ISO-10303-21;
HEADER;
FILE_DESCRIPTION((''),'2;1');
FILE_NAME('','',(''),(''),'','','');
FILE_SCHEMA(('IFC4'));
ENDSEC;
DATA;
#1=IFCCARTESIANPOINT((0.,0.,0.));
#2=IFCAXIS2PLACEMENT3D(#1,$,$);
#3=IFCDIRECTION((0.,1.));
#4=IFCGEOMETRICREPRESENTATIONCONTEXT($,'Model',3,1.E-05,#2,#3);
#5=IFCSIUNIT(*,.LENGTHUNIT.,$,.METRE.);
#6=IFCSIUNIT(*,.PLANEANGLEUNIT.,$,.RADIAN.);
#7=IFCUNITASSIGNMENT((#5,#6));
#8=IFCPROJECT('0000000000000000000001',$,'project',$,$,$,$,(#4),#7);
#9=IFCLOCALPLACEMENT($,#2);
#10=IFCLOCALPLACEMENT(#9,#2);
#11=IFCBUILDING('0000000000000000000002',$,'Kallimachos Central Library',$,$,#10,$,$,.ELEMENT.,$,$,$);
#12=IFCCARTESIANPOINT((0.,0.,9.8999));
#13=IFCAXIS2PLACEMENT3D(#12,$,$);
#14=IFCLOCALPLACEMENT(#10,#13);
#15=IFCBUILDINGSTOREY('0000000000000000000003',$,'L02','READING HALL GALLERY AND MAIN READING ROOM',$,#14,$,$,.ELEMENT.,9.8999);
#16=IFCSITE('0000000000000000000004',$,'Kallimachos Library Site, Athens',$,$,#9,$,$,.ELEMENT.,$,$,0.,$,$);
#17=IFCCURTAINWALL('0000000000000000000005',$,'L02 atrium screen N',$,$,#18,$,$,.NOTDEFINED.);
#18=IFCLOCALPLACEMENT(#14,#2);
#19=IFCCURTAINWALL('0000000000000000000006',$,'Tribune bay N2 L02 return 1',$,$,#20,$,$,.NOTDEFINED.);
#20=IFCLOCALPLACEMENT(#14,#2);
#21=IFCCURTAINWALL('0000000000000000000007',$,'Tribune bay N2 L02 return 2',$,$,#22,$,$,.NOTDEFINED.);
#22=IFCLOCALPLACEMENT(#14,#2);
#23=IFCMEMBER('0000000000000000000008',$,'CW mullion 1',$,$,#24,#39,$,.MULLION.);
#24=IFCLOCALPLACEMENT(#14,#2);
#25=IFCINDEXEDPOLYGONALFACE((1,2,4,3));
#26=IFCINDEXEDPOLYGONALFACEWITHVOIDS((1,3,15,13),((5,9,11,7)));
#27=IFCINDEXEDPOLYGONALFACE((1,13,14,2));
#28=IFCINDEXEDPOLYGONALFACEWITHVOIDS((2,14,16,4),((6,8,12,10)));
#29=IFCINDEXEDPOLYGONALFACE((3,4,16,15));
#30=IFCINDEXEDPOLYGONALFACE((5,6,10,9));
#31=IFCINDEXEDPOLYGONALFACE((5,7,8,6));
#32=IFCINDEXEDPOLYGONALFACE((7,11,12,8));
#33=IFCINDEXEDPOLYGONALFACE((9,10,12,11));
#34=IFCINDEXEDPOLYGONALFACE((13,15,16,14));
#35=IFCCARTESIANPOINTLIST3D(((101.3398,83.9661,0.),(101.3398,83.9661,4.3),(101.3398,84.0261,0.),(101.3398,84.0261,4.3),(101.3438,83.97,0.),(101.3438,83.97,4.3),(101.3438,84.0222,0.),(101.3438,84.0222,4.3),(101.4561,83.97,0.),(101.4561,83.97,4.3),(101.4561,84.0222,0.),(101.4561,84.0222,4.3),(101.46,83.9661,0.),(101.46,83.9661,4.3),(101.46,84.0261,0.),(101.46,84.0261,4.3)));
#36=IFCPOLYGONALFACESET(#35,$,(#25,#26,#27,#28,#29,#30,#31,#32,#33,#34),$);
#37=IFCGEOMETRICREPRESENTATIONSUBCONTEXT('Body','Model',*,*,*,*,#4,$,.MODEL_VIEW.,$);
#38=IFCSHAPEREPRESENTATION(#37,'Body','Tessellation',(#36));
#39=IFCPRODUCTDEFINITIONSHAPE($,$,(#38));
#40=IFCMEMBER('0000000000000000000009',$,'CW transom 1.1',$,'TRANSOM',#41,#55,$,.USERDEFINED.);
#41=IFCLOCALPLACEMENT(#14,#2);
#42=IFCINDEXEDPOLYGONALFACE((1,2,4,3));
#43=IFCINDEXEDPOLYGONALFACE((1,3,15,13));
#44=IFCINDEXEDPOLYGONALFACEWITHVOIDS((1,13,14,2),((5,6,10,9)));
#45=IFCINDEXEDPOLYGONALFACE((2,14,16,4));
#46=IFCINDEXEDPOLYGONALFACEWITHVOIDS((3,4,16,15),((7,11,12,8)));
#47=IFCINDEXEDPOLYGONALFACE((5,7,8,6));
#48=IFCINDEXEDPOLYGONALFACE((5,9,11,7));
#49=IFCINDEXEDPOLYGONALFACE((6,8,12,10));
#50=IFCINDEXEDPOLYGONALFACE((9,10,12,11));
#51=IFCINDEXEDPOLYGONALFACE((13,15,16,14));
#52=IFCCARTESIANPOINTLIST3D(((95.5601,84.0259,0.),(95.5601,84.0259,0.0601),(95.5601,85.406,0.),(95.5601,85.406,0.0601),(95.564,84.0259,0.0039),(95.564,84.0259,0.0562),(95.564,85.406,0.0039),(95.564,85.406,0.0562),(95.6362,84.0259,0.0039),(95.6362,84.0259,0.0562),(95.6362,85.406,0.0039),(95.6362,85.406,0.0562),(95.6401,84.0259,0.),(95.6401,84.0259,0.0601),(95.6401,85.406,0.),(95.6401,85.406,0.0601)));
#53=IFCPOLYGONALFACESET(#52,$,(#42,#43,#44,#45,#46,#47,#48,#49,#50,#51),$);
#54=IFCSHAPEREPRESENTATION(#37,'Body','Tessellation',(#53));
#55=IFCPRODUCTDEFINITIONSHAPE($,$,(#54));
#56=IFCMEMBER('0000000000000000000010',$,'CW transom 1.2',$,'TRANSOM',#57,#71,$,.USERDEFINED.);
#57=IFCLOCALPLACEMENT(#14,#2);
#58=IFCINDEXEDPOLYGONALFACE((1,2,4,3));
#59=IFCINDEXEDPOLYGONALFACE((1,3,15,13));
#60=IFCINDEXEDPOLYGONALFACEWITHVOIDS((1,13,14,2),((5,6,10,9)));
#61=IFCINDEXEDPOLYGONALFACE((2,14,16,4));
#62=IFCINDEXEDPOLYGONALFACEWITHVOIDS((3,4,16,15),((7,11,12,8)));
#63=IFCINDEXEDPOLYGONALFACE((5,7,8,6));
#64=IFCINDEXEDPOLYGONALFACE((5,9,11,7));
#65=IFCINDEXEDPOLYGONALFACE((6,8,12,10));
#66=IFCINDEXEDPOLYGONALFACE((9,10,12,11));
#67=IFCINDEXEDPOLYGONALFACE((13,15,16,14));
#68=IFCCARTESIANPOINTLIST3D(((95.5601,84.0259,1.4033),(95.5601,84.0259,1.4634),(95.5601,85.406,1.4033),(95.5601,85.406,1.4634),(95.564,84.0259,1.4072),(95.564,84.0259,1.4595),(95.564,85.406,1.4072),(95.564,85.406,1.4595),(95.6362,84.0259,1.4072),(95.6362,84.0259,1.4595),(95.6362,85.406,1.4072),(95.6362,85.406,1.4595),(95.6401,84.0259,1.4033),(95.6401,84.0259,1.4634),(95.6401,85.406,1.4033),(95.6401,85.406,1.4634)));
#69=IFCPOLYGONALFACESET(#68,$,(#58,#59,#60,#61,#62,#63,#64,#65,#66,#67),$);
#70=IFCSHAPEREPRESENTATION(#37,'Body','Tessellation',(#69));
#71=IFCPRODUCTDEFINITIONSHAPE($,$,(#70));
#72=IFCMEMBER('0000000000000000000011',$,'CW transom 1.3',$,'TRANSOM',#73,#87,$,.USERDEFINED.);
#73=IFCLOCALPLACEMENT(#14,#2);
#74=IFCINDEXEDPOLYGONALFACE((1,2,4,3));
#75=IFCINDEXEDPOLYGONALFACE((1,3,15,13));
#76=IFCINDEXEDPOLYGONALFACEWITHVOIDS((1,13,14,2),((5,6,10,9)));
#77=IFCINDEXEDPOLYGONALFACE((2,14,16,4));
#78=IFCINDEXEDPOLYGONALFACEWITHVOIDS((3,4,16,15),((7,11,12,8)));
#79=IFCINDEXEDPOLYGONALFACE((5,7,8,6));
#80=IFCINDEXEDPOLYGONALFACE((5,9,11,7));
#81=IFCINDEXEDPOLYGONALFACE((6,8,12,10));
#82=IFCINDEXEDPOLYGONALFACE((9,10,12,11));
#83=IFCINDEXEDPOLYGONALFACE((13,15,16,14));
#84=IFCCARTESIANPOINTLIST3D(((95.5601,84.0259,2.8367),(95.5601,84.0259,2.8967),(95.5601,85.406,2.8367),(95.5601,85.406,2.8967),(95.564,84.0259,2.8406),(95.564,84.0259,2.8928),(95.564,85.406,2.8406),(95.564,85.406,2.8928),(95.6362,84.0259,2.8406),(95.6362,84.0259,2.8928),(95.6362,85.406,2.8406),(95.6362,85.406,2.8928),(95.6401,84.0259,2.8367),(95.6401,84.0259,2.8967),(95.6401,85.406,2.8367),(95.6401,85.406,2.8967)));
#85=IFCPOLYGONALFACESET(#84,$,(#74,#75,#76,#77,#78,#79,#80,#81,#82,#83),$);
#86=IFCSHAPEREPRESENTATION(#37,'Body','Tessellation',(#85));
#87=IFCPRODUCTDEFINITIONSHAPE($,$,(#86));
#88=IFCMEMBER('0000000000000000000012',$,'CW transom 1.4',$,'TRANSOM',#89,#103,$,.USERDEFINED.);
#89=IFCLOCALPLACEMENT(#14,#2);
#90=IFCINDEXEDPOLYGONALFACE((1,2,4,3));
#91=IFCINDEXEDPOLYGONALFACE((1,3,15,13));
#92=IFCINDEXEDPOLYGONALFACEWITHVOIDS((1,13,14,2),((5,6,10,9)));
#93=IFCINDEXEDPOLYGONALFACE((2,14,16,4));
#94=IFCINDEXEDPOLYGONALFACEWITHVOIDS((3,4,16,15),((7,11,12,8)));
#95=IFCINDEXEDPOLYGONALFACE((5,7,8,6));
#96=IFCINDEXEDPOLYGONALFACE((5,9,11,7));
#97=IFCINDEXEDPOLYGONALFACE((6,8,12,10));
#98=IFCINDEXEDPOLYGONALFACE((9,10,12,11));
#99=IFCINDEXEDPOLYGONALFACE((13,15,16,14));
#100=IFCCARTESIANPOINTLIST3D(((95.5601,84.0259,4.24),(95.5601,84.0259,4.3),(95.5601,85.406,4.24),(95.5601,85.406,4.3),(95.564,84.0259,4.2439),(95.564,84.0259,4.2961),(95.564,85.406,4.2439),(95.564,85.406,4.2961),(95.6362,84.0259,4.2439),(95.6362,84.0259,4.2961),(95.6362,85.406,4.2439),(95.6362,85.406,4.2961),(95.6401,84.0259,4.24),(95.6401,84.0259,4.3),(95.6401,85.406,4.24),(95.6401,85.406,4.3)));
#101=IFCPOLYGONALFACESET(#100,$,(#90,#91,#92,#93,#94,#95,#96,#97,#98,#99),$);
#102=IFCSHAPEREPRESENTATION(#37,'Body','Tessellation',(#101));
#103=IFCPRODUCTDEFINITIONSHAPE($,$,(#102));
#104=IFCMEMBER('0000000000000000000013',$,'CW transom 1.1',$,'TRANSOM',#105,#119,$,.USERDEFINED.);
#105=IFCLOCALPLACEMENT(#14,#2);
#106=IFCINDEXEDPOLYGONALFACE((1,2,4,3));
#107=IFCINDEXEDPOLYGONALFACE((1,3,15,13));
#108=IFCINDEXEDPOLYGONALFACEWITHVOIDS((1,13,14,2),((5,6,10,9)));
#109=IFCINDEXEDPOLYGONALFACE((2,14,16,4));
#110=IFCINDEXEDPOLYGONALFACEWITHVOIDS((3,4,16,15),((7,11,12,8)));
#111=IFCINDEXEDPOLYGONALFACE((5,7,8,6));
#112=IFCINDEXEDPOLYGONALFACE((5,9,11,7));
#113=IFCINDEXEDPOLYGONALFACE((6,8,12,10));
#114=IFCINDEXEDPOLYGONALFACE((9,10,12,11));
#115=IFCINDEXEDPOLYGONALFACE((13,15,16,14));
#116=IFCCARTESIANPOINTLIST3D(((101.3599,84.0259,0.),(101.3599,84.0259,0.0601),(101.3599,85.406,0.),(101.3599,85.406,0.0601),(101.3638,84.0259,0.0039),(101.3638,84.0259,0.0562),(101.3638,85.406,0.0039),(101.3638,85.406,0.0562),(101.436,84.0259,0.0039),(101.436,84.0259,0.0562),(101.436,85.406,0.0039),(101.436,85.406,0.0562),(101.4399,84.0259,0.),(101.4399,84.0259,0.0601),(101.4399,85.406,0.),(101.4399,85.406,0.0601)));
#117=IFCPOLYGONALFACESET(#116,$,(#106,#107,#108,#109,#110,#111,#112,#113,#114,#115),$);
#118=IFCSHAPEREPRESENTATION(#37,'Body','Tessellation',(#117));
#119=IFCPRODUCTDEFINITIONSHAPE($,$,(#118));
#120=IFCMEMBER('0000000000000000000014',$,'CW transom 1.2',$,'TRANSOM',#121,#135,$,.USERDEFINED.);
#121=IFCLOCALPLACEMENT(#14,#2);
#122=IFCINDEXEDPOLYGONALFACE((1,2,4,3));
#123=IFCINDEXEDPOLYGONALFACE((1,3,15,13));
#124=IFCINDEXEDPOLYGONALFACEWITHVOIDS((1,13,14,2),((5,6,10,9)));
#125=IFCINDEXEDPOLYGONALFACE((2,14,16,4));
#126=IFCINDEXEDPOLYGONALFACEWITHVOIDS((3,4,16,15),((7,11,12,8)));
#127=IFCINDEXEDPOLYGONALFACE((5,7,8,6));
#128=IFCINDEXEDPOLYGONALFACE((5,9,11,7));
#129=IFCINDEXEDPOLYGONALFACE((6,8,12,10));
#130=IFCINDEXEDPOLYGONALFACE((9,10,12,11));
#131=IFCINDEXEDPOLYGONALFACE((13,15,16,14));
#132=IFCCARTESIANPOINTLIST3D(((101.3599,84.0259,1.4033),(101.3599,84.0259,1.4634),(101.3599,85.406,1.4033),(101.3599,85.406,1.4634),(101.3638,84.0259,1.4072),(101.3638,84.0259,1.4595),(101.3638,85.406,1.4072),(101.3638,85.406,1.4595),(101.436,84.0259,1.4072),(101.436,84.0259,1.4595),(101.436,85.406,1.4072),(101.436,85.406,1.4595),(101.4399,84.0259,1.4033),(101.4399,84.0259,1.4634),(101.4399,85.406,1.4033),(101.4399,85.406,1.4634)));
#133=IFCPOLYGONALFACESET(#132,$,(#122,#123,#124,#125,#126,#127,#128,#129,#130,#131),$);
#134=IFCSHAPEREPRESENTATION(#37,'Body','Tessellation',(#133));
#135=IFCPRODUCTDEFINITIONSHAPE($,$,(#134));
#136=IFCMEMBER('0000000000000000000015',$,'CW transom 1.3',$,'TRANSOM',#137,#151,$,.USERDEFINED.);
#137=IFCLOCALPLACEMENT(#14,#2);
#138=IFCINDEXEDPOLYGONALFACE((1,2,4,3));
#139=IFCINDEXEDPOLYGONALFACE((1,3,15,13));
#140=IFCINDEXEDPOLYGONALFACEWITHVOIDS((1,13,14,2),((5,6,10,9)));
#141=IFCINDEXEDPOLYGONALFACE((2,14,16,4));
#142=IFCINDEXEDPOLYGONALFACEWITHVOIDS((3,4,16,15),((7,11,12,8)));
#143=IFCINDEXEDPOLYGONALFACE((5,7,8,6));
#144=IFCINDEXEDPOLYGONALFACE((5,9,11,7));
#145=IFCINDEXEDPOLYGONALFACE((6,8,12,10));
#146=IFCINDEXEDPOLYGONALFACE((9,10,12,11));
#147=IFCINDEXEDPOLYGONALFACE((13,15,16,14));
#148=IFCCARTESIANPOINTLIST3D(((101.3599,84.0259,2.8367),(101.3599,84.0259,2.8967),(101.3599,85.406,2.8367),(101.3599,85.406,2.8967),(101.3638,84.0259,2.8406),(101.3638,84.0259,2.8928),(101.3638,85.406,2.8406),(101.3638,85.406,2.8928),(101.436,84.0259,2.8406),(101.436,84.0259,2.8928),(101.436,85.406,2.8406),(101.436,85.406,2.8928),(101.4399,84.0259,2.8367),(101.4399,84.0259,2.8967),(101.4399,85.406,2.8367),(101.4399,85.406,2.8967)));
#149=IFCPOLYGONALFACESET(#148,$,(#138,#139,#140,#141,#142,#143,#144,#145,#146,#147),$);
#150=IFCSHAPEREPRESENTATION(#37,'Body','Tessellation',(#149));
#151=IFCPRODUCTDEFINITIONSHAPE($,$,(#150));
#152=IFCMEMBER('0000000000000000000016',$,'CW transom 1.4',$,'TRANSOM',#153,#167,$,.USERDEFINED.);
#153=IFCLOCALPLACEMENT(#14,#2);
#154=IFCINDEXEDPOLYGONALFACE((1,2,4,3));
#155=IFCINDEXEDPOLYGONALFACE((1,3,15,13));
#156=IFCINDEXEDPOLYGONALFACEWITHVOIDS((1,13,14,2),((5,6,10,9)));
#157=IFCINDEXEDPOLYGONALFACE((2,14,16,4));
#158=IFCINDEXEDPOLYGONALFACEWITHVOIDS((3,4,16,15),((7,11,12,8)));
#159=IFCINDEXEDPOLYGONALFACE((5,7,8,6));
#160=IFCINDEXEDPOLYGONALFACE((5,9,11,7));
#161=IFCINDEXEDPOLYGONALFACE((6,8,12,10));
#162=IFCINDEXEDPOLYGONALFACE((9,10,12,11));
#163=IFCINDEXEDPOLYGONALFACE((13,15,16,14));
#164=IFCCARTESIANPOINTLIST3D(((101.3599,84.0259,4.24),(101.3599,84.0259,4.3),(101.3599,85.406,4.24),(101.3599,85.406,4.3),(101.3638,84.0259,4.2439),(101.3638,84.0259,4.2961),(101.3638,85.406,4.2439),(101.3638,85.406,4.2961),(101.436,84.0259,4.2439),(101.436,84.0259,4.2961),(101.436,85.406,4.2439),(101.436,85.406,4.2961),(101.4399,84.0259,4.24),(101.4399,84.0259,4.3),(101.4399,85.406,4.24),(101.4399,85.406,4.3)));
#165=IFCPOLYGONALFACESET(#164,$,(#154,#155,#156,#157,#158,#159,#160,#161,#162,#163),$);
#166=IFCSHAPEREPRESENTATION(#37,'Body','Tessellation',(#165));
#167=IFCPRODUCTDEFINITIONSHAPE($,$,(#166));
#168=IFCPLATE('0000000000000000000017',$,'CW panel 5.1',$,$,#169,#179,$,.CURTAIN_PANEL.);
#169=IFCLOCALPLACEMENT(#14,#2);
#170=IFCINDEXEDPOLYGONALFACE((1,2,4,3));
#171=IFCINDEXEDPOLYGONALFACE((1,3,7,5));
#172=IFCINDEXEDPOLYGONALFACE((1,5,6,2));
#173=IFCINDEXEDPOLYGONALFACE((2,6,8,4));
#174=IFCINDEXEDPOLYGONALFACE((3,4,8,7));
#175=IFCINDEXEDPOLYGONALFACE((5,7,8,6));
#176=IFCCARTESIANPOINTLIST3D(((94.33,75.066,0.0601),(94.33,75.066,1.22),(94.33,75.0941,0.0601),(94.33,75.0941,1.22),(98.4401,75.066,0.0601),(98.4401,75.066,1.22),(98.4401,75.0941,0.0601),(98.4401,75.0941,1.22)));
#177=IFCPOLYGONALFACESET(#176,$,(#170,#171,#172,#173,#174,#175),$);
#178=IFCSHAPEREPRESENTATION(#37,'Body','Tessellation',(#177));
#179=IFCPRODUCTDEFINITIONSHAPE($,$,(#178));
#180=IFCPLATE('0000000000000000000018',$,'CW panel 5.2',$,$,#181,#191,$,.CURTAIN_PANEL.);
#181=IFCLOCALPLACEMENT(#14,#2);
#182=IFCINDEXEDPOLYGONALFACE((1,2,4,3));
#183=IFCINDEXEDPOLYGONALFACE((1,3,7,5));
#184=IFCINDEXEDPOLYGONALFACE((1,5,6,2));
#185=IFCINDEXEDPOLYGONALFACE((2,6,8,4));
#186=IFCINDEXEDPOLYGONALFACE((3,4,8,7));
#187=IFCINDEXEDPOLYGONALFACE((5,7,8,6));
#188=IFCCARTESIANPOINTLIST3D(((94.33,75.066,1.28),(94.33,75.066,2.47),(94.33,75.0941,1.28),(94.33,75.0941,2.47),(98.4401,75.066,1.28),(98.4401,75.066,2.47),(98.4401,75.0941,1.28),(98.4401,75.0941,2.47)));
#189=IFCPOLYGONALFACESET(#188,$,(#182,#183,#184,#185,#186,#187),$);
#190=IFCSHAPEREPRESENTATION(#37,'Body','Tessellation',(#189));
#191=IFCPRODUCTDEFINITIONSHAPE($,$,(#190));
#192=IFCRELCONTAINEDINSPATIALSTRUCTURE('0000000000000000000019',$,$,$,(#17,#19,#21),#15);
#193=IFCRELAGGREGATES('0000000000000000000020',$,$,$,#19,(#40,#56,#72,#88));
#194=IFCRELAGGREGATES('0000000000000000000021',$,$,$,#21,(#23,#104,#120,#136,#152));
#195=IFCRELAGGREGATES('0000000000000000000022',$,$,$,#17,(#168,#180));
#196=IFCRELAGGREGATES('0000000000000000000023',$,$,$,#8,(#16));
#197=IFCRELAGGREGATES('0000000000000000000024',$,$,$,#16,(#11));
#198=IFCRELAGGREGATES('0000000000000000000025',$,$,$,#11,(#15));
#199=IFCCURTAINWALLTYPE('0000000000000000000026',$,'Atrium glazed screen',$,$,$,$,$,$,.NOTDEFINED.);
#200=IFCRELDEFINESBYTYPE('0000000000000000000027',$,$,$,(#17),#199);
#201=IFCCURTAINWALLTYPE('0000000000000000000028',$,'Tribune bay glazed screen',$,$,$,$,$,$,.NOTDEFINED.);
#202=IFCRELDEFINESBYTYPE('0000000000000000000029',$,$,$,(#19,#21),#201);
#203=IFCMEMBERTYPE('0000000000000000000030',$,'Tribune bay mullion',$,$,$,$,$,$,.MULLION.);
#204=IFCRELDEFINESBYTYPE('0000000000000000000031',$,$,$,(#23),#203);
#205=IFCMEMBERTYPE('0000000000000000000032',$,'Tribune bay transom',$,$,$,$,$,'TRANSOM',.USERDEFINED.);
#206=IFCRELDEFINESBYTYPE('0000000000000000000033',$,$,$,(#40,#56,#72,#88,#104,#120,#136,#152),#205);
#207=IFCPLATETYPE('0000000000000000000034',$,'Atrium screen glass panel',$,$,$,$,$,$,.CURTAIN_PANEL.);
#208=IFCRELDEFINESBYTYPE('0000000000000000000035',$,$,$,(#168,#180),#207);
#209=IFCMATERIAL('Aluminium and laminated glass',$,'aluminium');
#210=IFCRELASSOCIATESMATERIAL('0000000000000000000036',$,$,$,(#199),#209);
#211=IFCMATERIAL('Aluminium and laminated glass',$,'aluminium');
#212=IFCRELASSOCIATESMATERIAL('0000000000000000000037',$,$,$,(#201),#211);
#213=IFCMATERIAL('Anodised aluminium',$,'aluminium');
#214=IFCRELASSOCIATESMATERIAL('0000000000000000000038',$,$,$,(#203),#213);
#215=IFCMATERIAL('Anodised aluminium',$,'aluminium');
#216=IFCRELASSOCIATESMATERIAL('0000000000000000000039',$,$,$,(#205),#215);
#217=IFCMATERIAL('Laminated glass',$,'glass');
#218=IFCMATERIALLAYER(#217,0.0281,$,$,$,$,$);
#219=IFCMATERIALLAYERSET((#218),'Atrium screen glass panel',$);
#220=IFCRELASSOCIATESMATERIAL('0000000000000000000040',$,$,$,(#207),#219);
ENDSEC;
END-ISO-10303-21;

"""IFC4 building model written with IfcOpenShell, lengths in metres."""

from ifc_helpers import new_model, si_unit, direction, frame, origin, origin_2d, place, context, subcontext, project, spatial, rectangle, hollow_rectangle, extrude, material, layer, layer_set, material_profile, profile_set, type_object, element, aggregate, save


model = new_model("IFC4")

# Units and contexts
model_context = context("Model", 3, precision=1e-05, world=origin(), true_north=direction((0.0, 1.0)))
body_context = subcontext(model_context, "Body", "Model", "MODEL_VIEW")
ifc_project = project(units=[si_unit("LENGTHUNIT", "METRE"), si_unit("PLANEANGLEUNIT", "RADIAN")], contexts=[model_context])

# Site, building, storey
site_placement = place(None, origin())
site = spatial("IfcSite", under=ifc_project, at=site_placement, Name="Kallimachos Library Site, Athens", CompositionType="ELEMENT", RefElevation=0.0)
building_placement = place(site_placement, origin())
building = spatial("IfcBuilding", under=site, at=building_placement, Name="Kallimachos Central Library", CompositionType="ELEMENT")
storey_placement = place(building_placement, frame((0.0, 0.0, 9.8999)))
storey = spatial("IfcBuildingStorey", under=building, at=storey_placement, Name="L02", Description="READING HALL GALLERY AND MAIN READING ROOM", CompositionType="ELEMENT", Elevation=9.8999)

# Curtain wall
ifc_material_1 = material(Name="Aluminium and laminated glass", Category="aluminium")
curtain_wall_type_1 = type_object("IfcCurtainWallType", Name="Atrium glazed screen", PredefinedType="NOTDEFINED", material=ifc_material_1)
curtain_wall_1_placement = place(storey_placement, origin())
curtain_wall_1 = element("IfcCurtainWall", 1, at=curtain_wall_1_placement, inside=storey, type_object=curtain_wall_type_1, Name="L02 atrium screen N", PredefinedType="NOTDEFINED")

# Curtain walls, member
ifc_material_2 = material(Name="Aluminium and laminated glass", Category="aluminium")
curtain_wall_type_2 = type_object("IfcCurtainWallType", Name="Tribune bay glazed screen", PredefinedType="NOTDEFINED", material=ifc_material_2)
curtain_wall_2_placement = place(storey_placement, origin())
curtain_wall_2 = element("IfcCurtainWall", 2, at=curtain_wall_2_placement, inside=storey, type_object=curtain_wall_type_2, Name="Tribune bay N2 L02 return 1", PredefinedType="NOTDEFINED")
ifc_material_3 = material(Name="Anodised aluminium", Category="aluminium")
ifc_material_profile_1 = material_profile(ifc_material_3, hollow_rectangle(XDim=0.0601, YDim=0.1201, WallThickness=0.0039, at=origin_2d()), Name="ALU MULLION 60x120")
ifc_profile_set_1 = profile_set([ifc_material_profile_1], Name="Anodised aluminium")
member_type_1 = type_object("IfcMemberType", Name="Tribune bay mullion", PredefinedType="MULLION", material=ifc_profile_set_1)
curtain_wall_3_placement = place(storey_placement, origin())
curtain_wall_3 = element("IfcCurtainWall", 3, at=curtain_wall_3_placement, inside=storey, type_object=curtain_wall_type_2, Name="Tribune bay N2 L02 return 2", PredefinedType="NOTDEFINED")
member_1_placement = place(storey_placement, frame((101.3999, 83.9961, 0.0), z_axis=(0.0, 0.0, 1.0), x_axis=(0.0, 1.0, 0.0)))
member_1 = element("IfcMember", 4, at=member_1_placement, type_object=member_type_1, Name="CW mullion 1", PredefinedType="MULLION", context=body_context, shape_type="SweptSolid", body=[
    extrude(hollow_rectangle(XDim=0.0601, YDim=0.1201, WallThickness=0.0039, at=origin_2d()), origin(), (0.0, 0.0, 1.0), 4.3),
])

# Members
ifc_material_4 = material(Name="Anodised aluminium", Category="aluminium")
ifc_material_profile_2 = material_profile(ifc_material_4, hollow_rectangle(XDim=0.0601, YDim=0.0801, WallThickness=0.0039, at=origin_2d()), Name="ALU TRANSOM 60x80")
ifc_profile_set_2 = profile_set([ifc_material_profile_2], Name="Anodised aluminium")
member_type_2 = type_object("IfcMemberType", Name="Tribune bay transom", ElementType="TRANSOM", PredefinedType="USERDEFINED", material=ifc_profile_set_2)
member_2_placement = place(storey_placement, frame((95.6001, 84.0259, 0.03), z_axis=(0.0, 1.0, 0.0), x_axis=(0.0, 0.0, 1.0)))
member_2 = element("IfcMember", 5, at=member_2_placement, type_object=member_type_2, Name="CW transom 1.1", ObjectType="TRANSOM", PredefinedType="USERDEFINED", context=body_context, shape_type="SweptSolid", body=[
    extrude(hollow_rectangle(XDim=0.0601, YDim=0.0801, WallThickness=0.0039, at=origin_2d()), origin(), (0.0, 0.0, 1.0), 1.3801),
])
member_3_placement = place(storey_placement, frame((95.6001, 84.0259, 1.4333), z_axis=(0.0, 1.0, 0.0), x_axis=(0.0, 0.0, 1.0)))
member_3 = element("IfcMember", 6, at=member_3_placement, type_object=member_type_2, Name="CW transom 1.2", ObjectType="TRANSOM", PredefinedType="USERDEFINED", context=body_context, shape_type="SweptSolid", body=[
    extrude(hollow_rectangle(XDim=0.0601, YDim=0.0801, WallThickness=0.0039, at=origin_2d()), origin(), (0.0, 0.0, 1.0), 1.3801),
])
member_4_placement = place(storey_placement, frame((95.6001, 84.0259, 2.8667), z_axis=(0.0, 1.0, 0.0), x_axis=(0.0, 0.0, 1.0)))
member_4 = element("IfcMember", 7, at=member_4_placement, type_object=member_type_2, Name="CW transom 1.3", ObjectType="TRANSOM", PredefinedType="USERDEFINED", context=body_context, shape_type="SweptSolid", body=[
    extrude(hollow_rectangle(XDim=0.0601, YDim=0.0801, WallThickness=0.0039, at=origin_2d()), origin(), (0.0, 0.0, 1.0), 1.3801),
])
member_5_placement = place(storey_placement, frame((95.6001, 84.0259, 4.27), z_axis=(0.0, 1.0, 0.0), x_axis=(0.0, 0.0, 1.0)))
member_5 = element("IfcMember", 8, at=member_5_placement, type_object=member_type_2, Name="CW transom 1.4", ObjectType="TRANSOM", PredefinedType="USERDEFINED", context=body_context, shape_type="SweptSolid", body=[
    extrude(hollow_rectangle(XDim=0.0601, YDim=0.0801, WallThickness=0.0039, at=origin_2d()), origin(), (0.0, 0.0, 1.0), 1.3801),
])
aggregate(curtain_wall_2, [member_2, member_3, member_4, member_5])
member_6_placement = place(storey_placement, frame((101.3999, 84.0259, 0.03), z_axis=(0.0, 1.0, 0.0), x_axis=(0.0, 0.0, 1.0)))
member_6 = element("IfcMember", 9, at=member_6_placement, type_object=member_type_2, Name="CW transom 1.1", ObjectType="TRANSOM", PredefinedType="USERDEFINED", context=body_context, shape_type="SweptSolid", body=[
    extrude(hollow_rectangle(XDim=0.0601, YDim=0.0801, WallThickness=0.0039, at=origin_2d()), origin(), (0.0, 0.0, 1.0), 1.3801),
])
member_7_placement = place(storey_placement, frame((101.3999, 84.0259, 1.4333), z_axis=(0.0, 1.0, 0.0), x_axis=(0.0, 0.0, 1.0)))
member_7 = element("IfcMember", 10, at=member_7_placement, type_object=member_type_2, Name="CW transom 1.2", ObjectType="TRANSOM", PredefinedType="USERDEFINED", context=body_context, shape_type="SweptSolid", body=[
    extrude(hollow_rectangle(XDim=0.0601, YDim=0.0801, WallThickness=0.0039, at=origin_2d()), origin(), (0.0, 0.0, 1.0), 1.3801),
])
member_8_placement = place(storey_placement, frame((101.3999, 84.0259, 2.8667), z_axis=(0.0, 1.0, 0.0), x_axis=(0.0, 0.0, 1.0)))
member_8 = element("IfcMember", 11, at=member_8_placement, type_object=member_type_2, Name="CW transom 1.3", ObjectType="TRANSOM", PredefinedType="USERDEFINED", context=body_context, shape_type="SweptSolid", body=[
    extrude(hollow_rectangle(XDim=0.0601, YDim=0.0801, WallThickness=0.0039, at=origin_2d()), origin(), (0.0, 0.0, 1.0), 1.3801),
])
member_9_placement = place(storey_placement, frame((101.3999, 84.0259, 4.27), z_axis=(0.0, 1.0, 0.0), x_axis=(0.0, 0.0, 1.0)))
member_9 = element("IfcMember", 12, at=member_9_placement, type_object=member_type_2, Name="CW transom 1.4", ObjectType="TRANSOM", PredefinedType="USERDEFINED", context=body_context, shape_type="SweptSolid", body=[
    extrude(hollow_rectangle(XDim=0.0601, YDim=0.0801, WallThickness=0.0039, at=origin_2d()), origin(), (0.0, 0.0, 1.0), 1.3801),
])
aggregate(curtain_wall_3, [member_1, member_6, member_7, member_8, member_9])

# Plates
ifc_material_5 = material(Name="Laminated glass", Category="glass")
ifc_layer_1 = layer(ifc_material_5, 0.0281)
ifc_layer_set_1 = layer_set([ifc_layer_1], Name="Atrium screen glass panel")
plate_type = type_object("IfcPlateType", Name="Atrium screen glass panel", PredefinedType="CURTAIN_PANEL", material=ifc_layer_set_1)
plate_1_placement = place(storey_placement, frame((96.385, 75.0801, 0.0601), z_axis=(0.0, 0.0, 1.0), x_axis=(1.0, 0.0, 0.0)))
plate_1 = element("IfcPlate", 13, at=plate_1_placement, type_object=plate_type, Name="CW panel 5.1", PredefinedType="CURTAIN_PANEL", context=body_context, shape_type="SweptSolid", body=[
    extrude(rectangle(XDim=4.1101, YDim=0.0281, at=origin_2d()), origin(), (0.0, 0.0, 1.0), 1.1599),
])
plate_2_placement = place(storey_placement, frame((96.385, 75.0801, 1.28), z_axis=(0.0, 0.0, 1.0), x_axis=(1.0, 0.0, 0.0)))
plate_2 = element("IfcPlate", 14, at=plate_2_placement, type_object=plate_type, Name="CW panel 5.2", PredefinedType="CURTAIN_PANEL", context=body_context, shape_type="SweptSolid", body=[
    extrude(rectangle(XDim=4.1101, YDim=0.0281, at=origin_2d()), origin(), (0.0, 0.0, 1.0), 1.1899),
])
aggregate(curtain_wall_1, [plate_1, plate_2])

save(model, "model.ifc")
